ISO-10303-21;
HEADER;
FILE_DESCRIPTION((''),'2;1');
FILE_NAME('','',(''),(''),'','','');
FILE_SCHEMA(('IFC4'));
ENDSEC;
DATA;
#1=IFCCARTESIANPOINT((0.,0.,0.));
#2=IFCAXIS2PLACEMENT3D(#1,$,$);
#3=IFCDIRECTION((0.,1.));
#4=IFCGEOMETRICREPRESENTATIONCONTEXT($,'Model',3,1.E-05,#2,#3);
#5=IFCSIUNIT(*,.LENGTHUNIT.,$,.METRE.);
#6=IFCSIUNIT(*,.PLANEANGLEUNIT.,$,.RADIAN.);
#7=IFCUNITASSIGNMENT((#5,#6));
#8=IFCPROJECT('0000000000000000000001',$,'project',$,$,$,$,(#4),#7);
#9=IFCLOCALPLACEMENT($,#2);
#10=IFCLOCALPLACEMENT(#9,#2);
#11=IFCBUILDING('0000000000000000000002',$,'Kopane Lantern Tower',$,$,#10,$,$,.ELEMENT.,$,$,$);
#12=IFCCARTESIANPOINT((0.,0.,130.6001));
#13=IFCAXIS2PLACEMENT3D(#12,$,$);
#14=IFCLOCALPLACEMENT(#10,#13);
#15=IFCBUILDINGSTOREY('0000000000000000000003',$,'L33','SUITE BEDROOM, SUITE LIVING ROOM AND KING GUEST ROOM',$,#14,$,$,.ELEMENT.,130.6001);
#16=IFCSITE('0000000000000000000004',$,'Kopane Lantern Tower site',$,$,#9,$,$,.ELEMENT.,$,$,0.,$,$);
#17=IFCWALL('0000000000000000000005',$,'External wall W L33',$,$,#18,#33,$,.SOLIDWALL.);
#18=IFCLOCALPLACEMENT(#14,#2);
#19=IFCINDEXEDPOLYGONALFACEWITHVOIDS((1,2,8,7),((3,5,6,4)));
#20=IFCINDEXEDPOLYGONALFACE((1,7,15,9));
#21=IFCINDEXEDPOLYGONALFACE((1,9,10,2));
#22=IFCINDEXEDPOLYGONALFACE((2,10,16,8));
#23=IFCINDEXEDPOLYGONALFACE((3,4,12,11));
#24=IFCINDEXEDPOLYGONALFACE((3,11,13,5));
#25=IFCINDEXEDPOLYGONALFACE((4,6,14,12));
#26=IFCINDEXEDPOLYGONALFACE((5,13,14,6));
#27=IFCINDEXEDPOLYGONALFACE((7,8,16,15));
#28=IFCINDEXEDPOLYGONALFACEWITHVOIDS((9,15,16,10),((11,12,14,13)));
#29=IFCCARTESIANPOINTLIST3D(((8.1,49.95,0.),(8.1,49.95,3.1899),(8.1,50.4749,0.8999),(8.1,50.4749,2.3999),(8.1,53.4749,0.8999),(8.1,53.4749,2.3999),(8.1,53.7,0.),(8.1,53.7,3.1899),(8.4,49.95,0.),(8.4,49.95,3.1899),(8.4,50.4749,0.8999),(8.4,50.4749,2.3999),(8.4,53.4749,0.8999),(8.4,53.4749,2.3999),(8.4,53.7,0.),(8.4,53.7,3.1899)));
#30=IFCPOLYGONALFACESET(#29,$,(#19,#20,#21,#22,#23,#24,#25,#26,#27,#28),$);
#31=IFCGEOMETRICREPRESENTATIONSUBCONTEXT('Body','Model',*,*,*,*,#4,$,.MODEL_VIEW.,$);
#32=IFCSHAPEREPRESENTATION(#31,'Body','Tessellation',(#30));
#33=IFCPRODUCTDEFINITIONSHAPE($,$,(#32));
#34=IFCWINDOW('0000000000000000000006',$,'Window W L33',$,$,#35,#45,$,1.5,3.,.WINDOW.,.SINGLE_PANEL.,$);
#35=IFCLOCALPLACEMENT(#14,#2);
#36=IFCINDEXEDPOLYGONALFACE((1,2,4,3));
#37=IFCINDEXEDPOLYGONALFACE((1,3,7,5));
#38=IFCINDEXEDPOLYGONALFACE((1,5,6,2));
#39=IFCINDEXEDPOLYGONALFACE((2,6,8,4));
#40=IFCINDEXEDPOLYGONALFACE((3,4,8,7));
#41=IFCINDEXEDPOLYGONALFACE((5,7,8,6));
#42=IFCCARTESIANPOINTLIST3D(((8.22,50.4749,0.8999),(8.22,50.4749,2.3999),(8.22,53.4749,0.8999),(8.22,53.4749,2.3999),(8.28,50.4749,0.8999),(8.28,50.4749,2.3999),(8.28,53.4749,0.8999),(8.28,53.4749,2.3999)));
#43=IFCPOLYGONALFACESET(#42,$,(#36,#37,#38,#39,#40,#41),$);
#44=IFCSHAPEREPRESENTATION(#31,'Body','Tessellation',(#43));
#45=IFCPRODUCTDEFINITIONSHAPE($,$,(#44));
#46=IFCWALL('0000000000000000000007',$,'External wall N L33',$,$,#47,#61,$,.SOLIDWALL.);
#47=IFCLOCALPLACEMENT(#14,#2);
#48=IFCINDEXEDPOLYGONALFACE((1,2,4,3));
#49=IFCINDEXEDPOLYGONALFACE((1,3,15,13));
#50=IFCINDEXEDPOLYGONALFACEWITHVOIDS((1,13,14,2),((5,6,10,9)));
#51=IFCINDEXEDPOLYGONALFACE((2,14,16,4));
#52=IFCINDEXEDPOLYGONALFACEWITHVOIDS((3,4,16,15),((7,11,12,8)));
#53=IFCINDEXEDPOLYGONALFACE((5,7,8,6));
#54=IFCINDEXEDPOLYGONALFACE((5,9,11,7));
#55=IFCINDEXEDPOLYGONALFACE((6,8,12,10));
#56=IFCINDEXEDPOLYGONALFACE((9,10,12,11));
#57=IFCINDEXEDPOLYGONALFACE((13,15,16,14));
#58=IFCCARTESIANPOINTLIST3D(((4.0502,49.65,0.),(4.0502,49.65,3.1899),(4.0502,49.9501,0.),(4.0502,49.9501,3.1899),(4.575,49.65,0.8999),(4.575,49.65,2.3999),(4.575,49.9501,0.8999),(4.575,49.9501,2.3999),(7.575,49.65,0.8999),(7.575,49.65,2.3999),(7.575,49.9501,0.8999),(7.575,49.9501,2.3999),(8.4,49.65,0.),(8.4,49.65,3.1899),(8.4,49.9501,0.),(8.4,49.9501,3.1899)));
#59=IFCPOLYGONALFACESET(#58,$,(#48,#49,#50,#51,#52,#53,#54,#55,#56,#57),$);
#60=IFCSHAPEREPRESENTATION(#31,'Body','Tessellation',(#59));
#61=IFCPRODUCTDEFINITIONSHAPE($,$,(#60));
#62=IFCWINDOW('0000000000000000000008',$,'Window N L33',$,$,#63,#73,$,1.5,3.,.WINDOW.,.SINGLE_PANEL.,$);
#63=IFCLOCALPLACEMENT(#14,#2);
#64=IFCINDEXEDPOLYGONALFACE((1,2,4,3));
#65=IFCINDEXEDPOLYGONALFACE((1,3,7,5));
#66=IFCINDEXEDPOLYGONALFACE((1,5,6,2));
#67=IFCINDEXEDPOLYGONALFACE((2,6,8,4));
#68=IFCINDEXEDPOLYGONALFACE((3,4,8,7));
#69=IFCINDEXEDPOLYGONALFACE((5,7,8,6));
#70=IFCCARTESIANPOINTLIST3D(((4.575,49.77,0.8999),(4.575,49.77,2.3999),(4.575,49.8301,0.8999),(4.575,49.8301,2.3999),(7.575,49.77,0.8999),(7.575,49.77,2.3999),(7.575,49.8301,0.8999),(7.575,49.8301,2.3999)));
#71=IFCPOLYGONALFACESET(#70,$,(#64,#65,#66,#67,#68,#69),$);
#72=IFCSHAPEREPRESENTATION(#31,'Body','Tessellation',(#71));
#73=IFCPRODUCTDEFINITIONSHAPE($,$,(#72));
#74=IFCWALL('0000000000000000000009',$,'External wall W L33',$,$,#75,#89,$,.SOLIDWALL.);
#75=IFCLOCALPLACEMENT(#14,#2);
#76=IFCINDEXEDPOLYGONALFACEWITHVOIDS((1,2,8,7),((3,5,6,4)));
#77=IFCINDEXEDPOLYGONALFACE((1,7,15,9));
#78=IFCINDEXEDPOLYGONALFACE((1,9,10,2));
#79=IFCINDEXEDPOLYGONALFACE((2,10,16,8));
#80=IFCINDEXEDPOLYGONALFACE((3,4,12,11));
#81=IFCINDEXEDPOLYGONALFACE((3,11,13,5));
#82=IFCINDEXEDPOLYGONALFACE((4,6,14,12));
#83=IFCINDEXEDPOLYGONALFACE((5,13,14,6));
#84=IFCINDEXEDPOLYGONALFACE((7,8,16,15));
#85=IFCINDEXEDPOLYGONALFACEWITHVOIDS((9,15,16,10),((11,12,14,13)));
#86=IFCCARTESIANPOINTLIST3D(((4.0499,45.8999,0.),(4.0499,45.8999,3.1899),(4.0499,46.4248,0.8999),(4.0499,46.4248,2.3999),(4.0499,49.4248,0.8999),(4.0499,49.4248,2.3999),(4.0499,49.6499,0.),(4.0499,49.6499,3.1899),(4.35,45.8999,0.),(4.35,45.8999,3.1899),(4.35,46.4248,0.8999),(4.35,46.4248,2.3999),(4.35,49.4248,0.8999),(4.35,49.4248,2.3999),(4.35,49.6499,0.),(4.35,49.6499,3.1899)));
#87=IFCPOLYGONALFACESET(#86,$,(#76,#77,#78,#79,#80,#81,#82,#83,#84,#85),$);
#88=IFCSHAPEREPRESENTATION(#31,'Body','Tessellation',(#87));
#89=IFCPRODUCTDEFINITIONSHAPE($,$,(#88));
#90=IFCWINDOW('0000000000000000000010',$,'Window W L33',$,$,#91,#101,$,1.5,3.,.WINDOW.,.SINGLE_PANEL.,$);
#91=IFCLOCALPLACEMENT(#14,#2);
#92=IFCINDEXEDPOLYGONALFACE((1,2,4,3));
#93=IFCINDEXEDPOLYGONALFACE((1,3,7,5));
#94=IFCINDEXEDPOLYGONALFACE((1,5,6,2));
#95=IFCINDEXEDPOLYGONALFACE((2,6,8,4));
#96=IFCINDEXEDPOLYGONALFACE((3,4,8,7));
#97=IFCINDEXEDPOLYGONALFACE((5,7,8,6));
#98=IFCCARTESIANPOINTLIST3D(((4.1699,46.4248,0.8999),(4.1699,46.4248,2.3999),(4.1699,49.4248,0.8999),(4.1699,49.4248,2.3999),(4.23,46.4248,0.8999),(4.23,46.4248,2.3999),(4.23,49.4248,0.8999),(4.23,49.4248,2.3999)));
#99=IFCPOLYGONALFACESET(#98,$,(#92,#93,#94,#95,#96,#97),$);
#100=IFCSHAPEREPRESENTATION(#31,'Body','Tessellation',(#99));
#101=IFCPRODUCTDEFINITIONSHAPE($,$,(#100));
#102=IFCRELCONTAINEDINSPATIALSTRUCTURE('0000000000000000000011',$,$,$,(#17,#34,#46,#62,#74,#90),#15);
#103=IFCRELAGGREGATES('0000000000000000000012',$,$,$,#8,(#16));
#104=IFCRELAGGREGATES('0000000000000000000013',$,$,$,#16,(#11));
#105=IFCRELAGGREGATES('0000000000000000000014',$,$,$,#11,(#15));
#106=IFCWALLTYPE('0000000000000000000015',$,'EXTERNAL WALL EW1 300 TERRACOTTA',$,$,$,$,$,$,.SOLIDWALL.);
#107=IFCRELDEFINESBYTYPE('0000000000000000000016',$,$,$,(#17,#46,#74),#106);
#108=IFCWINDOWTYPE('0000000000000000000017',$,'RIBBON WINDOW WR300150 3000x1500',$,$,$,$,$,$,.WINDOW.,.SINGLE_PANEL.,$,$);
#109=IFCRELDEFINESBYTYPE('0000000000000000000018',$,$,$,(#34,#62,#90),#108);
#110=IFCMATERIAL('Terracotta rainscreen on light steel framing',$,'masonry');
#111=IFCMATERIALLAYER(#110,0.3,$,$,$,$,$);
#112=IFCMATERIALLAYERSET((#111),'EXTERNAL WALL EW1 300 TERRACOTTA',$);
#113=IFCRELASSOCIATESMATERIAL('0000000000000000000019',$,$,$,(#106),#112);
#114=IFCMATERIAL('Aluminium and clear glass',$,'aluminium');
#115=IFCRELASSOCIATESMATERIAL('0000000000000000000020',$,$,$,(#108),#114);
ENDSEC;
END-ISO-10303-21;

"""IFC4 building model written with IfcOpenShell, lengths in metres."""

from ifc_helpers import new_model, si_unit, direction, frame, frame_2d, origin, place, context, subcontext, project, spatial, rectangle, extrude, material, layer, layer_set, type_object, element, fill, save


model = new_model("IFC4")

# Units and contexts
model_context = context("Model", 3, precision=1e-05, world=origin(), true_north=direction((0.0, 1.0)))
body_context = subcontext(model_context, "Body", "Model", "MODEL_VIEW")
ifc_project = project(units=[si_unit("LENGTHUNIT", "METRE"), si_unit("PLANEANGLEUNIT", "RADIAN")], contexts=[model_context])

# Site, building, storey
site_placement = place(None, origin())
site = spatial("IfcSite", under=ifc_project, at=site_placement, Name="Kopane Lantern Tower site", CompositionType="ELEMENT", RefElevation=0.0)
building_placement = place(site_placement, origin())
building = spatial("IfcBuilding", under=site, at=building_placement, Name="Kopane Lantern Tower", CompositionType="ELEMENT")
storey_placement = place(building_placement, frame((0.0, 0.0, 130.6001)))
storey = spatial("IfcBuildingStorey", under=building, at=storey_placement, Name="L33", Description="SUITE BEDROOM, SUITE LIVING ROOM AND KING GUEST ROOM", CompositionType="ELEMENT", Elevation=130.6001)

# Walls, openings, windows
ifc_material_1 = material(Name="Terracotta rainscreen on light steel framing", Category="masonry")
ifc_layer_1 = layer(ifc_material_1, 0.3)
ifc_layer_set_1 = layer_set([ifc_layer_1], Name="EXTERNAL WALL EW1 300 TERRACOTTA")
wall_type_1 = type_object("IfcWallType", Name="EXTERNAL WALL EW1 300 TERRACOTTA", PredefinedType="SOLIDWALL", material=ifc_layer_set_1)
wall_1_placement = place(storey_placement, frame((8.25, 53.7, 0.0), z_axis=(0.0, 0.0, 1.0), x_axis=(0.0, -1.0, 0.0)))
wall_1 = element("IfcWall", 1, at=wall_1_placement, inside=storey, type_object=wall_type_1, Name="External wall W L33", PredefinedType="SOLIDWALL", context=body_context, shape_type="SweptSolid", body=[
    extrude(rectangle(XDim=3.75, YDim=0.3, at=frame_2d((1.875, 0.0))), origin(), (0.0, 0.0, 1.0), 3.1899),
])
opening_1_placement = place(wall_1_placement, frame((0.2251, 0.0, 0.8999)))
opening_1 = element("IfcOpeningElement", 2, at=opening_1_placement, cuts=wall_1, PredefinedType="OPENING", context=body_context, shape_type="SweptSolid", body=[
    extrude(rectangle(XDim=3.0, YDim=1.5, at=frame_2d((1.5, 0.75))), frame((0.0, 0.1599, 0.0), z_axis=(0.0, -1.0, 0.0), x_axis=(1.0, 0.0, 0.0)), (0.0, 0.0, 1.0), 0.3201),
])
ifc_material_2 = material(Name="Aluminium and clear glass", Category="aluminium")
window_type = type_object("IfcWindowType", Name="RIBBON WINDOW WR300150 3000x1500", PartitioningType="SINGLE_PANEL", PredefinedType="WINDOW", material=ifc_material_2)
window_1_placement = place(opening_1_placement, origin())
window_1 = element("IfcWindow", 3, at=window_1_placement, inside=storey, type_object=window_type, Name="Window W L33", OverallHeight=1.5, OverallWidth=3.0, PartitioningType="SINGLE_PANEL", PredefinedType="WINDOW", context=body_context, shape_type="SweptSolid", body=[
    extrude(rectangle(XDim=3.0, YDim=1.5, at=frame_2d((1.5, 0.75))), frame((0.0, 0.03, 0.0), z_axis=(0.0, -1.0, 0.0), x_axis=(1.0, 0.0, 0.0)), (0.0, 0.0, 1.0), 0.0601),
])
fill(opening_1, window_1)
wall_2_placement = place(storey_placement, frame((8.3999, 49.8, 0.0), z_axis=(0.0, 0.0, 1.0), x_axis=(-1.0, 0.0, 0.0)))
wall_2 = element("IfcWall", 4, at=wall_2_placement, inside=storey, type_object=wall_type_1, Name="External wall N L33", PredefinedType="SOLIDWALL", context=body_context, shape_type="SweptSolid", body=[
    extrude(rectangle(XDim=4.3499, YDim=0.3, at=frame_2d((2.1748, 0.0))), origin(), (0.0, 0.0, 1.0), 3.1899),
])
opening_2_placement = place(wall_2_placement, frame((0.825, 0.0, 0.8999)))
opening_2 = element("IfcOpeningElement", 5, at=opening_2_placement, cuts=wall_2, PredefinedType="OPENING", context=body_context, shape_type="SweptSolid", body=[
    extrude(rectangle(XDim=3.0, YDim=1.5, at=frame_2d((1.5, 0.75))), frame((0.0, 0.1599, 0.0), z_axis=(0.0, -1.0, 0.0), x_axis=(1.0, 0.0, 0.0)), (0.0, 0.0, 1.0), 0.3201),
])
window_2_placement = place(opening_2_placement, origin())
window_2 = element("IfcWindow", 6, at=window_2_placement, inside=storey, type_object=window_type, Name="Window N L33", OverallHeight=1.5, OverallWidth=3.0, PartitioningType="SINGLE_PANEL", PredefinedType="WINDOW", context=body_context, shape_type="SweptSolid", body=[
    extrude(rectangle(XDim=3.0, YDim=1.5, at=frame_2d((1.5, 0.75))), frame((0.0, 0.03, 0.0), z_axis=(0.0, -1.0, 0.0), x_axis=(1.0, 0.0, 0.0)), (0.0, 0.0, 1.0), 0.0601),
])
fill(opening_2, window_2)
wall_3_placement = place(storey_placement, frame((4.2, 49.6499, 0.0), z_axis=(0.0, 0.0, 1.0), x_axis=(0.0, -1.0, 0.0)))
wall_3 = element("IfcWall", 7, at=wall_3_placement, inside=storey, type_object=wall_type_1, Name="External wall W L33", PredefinedType="SOLIDWALL", context=body_context, shape_type="SweptSolid", body=[
    extrude(rectangle(XDim=3.75, YDim=0.3, at=frame_2d((1.875, 0.0))), origin(), (0.0, 0.0, 1.0), 3.1899),
])
opening_3_placement = place(wall_3_placement, frame((0.2251, 0.0, 0.8999)))
opening_3 = element("IfcOpeningElement", 8, at=opening_3_placement, cuts=wall_3, PredefinedType="OPENING", context=body_context, shape_type="SweptSolid", body=[
    extrude(rectangle(XDim=3.0, YDim=1.5, at=frame_2d((1.5, 0.75))), frame((0.0, 0.1599, 0.0), z_axis=(0.0, -1.0, 0.0), x_axis=(1.0, 0.0, 0.0)), (0.0, 0.0, 1.0), 0.3201),
])
window_3_placement = place(opening_3_placement, origin())
window_3 = element("IfcWindow", 9, at=window_3_placement, inside=storey, type_object=window_type, Name="Window W L33", OverallHeight=1.5, OverallWidth=3.0, PartitioningType="SINGLE_PANEL", PredefinedType="WINDOW", context=body_context, shape_type="SweptSolid", body=[
    extrude(rectangle(XDim=3.0, YDim=1.5, at=frame_2d((1.5, 0.75))), frame((0.0, 0.03, 0.0), z_axis=(0.0, -1.0, 0.0), x_axis=(1.0, 0.0, 0.0)), (0.0, 0.0, 1.0), 0.0601),
])
fill(opening_3, window_3)

save(model, "model.ifc")
